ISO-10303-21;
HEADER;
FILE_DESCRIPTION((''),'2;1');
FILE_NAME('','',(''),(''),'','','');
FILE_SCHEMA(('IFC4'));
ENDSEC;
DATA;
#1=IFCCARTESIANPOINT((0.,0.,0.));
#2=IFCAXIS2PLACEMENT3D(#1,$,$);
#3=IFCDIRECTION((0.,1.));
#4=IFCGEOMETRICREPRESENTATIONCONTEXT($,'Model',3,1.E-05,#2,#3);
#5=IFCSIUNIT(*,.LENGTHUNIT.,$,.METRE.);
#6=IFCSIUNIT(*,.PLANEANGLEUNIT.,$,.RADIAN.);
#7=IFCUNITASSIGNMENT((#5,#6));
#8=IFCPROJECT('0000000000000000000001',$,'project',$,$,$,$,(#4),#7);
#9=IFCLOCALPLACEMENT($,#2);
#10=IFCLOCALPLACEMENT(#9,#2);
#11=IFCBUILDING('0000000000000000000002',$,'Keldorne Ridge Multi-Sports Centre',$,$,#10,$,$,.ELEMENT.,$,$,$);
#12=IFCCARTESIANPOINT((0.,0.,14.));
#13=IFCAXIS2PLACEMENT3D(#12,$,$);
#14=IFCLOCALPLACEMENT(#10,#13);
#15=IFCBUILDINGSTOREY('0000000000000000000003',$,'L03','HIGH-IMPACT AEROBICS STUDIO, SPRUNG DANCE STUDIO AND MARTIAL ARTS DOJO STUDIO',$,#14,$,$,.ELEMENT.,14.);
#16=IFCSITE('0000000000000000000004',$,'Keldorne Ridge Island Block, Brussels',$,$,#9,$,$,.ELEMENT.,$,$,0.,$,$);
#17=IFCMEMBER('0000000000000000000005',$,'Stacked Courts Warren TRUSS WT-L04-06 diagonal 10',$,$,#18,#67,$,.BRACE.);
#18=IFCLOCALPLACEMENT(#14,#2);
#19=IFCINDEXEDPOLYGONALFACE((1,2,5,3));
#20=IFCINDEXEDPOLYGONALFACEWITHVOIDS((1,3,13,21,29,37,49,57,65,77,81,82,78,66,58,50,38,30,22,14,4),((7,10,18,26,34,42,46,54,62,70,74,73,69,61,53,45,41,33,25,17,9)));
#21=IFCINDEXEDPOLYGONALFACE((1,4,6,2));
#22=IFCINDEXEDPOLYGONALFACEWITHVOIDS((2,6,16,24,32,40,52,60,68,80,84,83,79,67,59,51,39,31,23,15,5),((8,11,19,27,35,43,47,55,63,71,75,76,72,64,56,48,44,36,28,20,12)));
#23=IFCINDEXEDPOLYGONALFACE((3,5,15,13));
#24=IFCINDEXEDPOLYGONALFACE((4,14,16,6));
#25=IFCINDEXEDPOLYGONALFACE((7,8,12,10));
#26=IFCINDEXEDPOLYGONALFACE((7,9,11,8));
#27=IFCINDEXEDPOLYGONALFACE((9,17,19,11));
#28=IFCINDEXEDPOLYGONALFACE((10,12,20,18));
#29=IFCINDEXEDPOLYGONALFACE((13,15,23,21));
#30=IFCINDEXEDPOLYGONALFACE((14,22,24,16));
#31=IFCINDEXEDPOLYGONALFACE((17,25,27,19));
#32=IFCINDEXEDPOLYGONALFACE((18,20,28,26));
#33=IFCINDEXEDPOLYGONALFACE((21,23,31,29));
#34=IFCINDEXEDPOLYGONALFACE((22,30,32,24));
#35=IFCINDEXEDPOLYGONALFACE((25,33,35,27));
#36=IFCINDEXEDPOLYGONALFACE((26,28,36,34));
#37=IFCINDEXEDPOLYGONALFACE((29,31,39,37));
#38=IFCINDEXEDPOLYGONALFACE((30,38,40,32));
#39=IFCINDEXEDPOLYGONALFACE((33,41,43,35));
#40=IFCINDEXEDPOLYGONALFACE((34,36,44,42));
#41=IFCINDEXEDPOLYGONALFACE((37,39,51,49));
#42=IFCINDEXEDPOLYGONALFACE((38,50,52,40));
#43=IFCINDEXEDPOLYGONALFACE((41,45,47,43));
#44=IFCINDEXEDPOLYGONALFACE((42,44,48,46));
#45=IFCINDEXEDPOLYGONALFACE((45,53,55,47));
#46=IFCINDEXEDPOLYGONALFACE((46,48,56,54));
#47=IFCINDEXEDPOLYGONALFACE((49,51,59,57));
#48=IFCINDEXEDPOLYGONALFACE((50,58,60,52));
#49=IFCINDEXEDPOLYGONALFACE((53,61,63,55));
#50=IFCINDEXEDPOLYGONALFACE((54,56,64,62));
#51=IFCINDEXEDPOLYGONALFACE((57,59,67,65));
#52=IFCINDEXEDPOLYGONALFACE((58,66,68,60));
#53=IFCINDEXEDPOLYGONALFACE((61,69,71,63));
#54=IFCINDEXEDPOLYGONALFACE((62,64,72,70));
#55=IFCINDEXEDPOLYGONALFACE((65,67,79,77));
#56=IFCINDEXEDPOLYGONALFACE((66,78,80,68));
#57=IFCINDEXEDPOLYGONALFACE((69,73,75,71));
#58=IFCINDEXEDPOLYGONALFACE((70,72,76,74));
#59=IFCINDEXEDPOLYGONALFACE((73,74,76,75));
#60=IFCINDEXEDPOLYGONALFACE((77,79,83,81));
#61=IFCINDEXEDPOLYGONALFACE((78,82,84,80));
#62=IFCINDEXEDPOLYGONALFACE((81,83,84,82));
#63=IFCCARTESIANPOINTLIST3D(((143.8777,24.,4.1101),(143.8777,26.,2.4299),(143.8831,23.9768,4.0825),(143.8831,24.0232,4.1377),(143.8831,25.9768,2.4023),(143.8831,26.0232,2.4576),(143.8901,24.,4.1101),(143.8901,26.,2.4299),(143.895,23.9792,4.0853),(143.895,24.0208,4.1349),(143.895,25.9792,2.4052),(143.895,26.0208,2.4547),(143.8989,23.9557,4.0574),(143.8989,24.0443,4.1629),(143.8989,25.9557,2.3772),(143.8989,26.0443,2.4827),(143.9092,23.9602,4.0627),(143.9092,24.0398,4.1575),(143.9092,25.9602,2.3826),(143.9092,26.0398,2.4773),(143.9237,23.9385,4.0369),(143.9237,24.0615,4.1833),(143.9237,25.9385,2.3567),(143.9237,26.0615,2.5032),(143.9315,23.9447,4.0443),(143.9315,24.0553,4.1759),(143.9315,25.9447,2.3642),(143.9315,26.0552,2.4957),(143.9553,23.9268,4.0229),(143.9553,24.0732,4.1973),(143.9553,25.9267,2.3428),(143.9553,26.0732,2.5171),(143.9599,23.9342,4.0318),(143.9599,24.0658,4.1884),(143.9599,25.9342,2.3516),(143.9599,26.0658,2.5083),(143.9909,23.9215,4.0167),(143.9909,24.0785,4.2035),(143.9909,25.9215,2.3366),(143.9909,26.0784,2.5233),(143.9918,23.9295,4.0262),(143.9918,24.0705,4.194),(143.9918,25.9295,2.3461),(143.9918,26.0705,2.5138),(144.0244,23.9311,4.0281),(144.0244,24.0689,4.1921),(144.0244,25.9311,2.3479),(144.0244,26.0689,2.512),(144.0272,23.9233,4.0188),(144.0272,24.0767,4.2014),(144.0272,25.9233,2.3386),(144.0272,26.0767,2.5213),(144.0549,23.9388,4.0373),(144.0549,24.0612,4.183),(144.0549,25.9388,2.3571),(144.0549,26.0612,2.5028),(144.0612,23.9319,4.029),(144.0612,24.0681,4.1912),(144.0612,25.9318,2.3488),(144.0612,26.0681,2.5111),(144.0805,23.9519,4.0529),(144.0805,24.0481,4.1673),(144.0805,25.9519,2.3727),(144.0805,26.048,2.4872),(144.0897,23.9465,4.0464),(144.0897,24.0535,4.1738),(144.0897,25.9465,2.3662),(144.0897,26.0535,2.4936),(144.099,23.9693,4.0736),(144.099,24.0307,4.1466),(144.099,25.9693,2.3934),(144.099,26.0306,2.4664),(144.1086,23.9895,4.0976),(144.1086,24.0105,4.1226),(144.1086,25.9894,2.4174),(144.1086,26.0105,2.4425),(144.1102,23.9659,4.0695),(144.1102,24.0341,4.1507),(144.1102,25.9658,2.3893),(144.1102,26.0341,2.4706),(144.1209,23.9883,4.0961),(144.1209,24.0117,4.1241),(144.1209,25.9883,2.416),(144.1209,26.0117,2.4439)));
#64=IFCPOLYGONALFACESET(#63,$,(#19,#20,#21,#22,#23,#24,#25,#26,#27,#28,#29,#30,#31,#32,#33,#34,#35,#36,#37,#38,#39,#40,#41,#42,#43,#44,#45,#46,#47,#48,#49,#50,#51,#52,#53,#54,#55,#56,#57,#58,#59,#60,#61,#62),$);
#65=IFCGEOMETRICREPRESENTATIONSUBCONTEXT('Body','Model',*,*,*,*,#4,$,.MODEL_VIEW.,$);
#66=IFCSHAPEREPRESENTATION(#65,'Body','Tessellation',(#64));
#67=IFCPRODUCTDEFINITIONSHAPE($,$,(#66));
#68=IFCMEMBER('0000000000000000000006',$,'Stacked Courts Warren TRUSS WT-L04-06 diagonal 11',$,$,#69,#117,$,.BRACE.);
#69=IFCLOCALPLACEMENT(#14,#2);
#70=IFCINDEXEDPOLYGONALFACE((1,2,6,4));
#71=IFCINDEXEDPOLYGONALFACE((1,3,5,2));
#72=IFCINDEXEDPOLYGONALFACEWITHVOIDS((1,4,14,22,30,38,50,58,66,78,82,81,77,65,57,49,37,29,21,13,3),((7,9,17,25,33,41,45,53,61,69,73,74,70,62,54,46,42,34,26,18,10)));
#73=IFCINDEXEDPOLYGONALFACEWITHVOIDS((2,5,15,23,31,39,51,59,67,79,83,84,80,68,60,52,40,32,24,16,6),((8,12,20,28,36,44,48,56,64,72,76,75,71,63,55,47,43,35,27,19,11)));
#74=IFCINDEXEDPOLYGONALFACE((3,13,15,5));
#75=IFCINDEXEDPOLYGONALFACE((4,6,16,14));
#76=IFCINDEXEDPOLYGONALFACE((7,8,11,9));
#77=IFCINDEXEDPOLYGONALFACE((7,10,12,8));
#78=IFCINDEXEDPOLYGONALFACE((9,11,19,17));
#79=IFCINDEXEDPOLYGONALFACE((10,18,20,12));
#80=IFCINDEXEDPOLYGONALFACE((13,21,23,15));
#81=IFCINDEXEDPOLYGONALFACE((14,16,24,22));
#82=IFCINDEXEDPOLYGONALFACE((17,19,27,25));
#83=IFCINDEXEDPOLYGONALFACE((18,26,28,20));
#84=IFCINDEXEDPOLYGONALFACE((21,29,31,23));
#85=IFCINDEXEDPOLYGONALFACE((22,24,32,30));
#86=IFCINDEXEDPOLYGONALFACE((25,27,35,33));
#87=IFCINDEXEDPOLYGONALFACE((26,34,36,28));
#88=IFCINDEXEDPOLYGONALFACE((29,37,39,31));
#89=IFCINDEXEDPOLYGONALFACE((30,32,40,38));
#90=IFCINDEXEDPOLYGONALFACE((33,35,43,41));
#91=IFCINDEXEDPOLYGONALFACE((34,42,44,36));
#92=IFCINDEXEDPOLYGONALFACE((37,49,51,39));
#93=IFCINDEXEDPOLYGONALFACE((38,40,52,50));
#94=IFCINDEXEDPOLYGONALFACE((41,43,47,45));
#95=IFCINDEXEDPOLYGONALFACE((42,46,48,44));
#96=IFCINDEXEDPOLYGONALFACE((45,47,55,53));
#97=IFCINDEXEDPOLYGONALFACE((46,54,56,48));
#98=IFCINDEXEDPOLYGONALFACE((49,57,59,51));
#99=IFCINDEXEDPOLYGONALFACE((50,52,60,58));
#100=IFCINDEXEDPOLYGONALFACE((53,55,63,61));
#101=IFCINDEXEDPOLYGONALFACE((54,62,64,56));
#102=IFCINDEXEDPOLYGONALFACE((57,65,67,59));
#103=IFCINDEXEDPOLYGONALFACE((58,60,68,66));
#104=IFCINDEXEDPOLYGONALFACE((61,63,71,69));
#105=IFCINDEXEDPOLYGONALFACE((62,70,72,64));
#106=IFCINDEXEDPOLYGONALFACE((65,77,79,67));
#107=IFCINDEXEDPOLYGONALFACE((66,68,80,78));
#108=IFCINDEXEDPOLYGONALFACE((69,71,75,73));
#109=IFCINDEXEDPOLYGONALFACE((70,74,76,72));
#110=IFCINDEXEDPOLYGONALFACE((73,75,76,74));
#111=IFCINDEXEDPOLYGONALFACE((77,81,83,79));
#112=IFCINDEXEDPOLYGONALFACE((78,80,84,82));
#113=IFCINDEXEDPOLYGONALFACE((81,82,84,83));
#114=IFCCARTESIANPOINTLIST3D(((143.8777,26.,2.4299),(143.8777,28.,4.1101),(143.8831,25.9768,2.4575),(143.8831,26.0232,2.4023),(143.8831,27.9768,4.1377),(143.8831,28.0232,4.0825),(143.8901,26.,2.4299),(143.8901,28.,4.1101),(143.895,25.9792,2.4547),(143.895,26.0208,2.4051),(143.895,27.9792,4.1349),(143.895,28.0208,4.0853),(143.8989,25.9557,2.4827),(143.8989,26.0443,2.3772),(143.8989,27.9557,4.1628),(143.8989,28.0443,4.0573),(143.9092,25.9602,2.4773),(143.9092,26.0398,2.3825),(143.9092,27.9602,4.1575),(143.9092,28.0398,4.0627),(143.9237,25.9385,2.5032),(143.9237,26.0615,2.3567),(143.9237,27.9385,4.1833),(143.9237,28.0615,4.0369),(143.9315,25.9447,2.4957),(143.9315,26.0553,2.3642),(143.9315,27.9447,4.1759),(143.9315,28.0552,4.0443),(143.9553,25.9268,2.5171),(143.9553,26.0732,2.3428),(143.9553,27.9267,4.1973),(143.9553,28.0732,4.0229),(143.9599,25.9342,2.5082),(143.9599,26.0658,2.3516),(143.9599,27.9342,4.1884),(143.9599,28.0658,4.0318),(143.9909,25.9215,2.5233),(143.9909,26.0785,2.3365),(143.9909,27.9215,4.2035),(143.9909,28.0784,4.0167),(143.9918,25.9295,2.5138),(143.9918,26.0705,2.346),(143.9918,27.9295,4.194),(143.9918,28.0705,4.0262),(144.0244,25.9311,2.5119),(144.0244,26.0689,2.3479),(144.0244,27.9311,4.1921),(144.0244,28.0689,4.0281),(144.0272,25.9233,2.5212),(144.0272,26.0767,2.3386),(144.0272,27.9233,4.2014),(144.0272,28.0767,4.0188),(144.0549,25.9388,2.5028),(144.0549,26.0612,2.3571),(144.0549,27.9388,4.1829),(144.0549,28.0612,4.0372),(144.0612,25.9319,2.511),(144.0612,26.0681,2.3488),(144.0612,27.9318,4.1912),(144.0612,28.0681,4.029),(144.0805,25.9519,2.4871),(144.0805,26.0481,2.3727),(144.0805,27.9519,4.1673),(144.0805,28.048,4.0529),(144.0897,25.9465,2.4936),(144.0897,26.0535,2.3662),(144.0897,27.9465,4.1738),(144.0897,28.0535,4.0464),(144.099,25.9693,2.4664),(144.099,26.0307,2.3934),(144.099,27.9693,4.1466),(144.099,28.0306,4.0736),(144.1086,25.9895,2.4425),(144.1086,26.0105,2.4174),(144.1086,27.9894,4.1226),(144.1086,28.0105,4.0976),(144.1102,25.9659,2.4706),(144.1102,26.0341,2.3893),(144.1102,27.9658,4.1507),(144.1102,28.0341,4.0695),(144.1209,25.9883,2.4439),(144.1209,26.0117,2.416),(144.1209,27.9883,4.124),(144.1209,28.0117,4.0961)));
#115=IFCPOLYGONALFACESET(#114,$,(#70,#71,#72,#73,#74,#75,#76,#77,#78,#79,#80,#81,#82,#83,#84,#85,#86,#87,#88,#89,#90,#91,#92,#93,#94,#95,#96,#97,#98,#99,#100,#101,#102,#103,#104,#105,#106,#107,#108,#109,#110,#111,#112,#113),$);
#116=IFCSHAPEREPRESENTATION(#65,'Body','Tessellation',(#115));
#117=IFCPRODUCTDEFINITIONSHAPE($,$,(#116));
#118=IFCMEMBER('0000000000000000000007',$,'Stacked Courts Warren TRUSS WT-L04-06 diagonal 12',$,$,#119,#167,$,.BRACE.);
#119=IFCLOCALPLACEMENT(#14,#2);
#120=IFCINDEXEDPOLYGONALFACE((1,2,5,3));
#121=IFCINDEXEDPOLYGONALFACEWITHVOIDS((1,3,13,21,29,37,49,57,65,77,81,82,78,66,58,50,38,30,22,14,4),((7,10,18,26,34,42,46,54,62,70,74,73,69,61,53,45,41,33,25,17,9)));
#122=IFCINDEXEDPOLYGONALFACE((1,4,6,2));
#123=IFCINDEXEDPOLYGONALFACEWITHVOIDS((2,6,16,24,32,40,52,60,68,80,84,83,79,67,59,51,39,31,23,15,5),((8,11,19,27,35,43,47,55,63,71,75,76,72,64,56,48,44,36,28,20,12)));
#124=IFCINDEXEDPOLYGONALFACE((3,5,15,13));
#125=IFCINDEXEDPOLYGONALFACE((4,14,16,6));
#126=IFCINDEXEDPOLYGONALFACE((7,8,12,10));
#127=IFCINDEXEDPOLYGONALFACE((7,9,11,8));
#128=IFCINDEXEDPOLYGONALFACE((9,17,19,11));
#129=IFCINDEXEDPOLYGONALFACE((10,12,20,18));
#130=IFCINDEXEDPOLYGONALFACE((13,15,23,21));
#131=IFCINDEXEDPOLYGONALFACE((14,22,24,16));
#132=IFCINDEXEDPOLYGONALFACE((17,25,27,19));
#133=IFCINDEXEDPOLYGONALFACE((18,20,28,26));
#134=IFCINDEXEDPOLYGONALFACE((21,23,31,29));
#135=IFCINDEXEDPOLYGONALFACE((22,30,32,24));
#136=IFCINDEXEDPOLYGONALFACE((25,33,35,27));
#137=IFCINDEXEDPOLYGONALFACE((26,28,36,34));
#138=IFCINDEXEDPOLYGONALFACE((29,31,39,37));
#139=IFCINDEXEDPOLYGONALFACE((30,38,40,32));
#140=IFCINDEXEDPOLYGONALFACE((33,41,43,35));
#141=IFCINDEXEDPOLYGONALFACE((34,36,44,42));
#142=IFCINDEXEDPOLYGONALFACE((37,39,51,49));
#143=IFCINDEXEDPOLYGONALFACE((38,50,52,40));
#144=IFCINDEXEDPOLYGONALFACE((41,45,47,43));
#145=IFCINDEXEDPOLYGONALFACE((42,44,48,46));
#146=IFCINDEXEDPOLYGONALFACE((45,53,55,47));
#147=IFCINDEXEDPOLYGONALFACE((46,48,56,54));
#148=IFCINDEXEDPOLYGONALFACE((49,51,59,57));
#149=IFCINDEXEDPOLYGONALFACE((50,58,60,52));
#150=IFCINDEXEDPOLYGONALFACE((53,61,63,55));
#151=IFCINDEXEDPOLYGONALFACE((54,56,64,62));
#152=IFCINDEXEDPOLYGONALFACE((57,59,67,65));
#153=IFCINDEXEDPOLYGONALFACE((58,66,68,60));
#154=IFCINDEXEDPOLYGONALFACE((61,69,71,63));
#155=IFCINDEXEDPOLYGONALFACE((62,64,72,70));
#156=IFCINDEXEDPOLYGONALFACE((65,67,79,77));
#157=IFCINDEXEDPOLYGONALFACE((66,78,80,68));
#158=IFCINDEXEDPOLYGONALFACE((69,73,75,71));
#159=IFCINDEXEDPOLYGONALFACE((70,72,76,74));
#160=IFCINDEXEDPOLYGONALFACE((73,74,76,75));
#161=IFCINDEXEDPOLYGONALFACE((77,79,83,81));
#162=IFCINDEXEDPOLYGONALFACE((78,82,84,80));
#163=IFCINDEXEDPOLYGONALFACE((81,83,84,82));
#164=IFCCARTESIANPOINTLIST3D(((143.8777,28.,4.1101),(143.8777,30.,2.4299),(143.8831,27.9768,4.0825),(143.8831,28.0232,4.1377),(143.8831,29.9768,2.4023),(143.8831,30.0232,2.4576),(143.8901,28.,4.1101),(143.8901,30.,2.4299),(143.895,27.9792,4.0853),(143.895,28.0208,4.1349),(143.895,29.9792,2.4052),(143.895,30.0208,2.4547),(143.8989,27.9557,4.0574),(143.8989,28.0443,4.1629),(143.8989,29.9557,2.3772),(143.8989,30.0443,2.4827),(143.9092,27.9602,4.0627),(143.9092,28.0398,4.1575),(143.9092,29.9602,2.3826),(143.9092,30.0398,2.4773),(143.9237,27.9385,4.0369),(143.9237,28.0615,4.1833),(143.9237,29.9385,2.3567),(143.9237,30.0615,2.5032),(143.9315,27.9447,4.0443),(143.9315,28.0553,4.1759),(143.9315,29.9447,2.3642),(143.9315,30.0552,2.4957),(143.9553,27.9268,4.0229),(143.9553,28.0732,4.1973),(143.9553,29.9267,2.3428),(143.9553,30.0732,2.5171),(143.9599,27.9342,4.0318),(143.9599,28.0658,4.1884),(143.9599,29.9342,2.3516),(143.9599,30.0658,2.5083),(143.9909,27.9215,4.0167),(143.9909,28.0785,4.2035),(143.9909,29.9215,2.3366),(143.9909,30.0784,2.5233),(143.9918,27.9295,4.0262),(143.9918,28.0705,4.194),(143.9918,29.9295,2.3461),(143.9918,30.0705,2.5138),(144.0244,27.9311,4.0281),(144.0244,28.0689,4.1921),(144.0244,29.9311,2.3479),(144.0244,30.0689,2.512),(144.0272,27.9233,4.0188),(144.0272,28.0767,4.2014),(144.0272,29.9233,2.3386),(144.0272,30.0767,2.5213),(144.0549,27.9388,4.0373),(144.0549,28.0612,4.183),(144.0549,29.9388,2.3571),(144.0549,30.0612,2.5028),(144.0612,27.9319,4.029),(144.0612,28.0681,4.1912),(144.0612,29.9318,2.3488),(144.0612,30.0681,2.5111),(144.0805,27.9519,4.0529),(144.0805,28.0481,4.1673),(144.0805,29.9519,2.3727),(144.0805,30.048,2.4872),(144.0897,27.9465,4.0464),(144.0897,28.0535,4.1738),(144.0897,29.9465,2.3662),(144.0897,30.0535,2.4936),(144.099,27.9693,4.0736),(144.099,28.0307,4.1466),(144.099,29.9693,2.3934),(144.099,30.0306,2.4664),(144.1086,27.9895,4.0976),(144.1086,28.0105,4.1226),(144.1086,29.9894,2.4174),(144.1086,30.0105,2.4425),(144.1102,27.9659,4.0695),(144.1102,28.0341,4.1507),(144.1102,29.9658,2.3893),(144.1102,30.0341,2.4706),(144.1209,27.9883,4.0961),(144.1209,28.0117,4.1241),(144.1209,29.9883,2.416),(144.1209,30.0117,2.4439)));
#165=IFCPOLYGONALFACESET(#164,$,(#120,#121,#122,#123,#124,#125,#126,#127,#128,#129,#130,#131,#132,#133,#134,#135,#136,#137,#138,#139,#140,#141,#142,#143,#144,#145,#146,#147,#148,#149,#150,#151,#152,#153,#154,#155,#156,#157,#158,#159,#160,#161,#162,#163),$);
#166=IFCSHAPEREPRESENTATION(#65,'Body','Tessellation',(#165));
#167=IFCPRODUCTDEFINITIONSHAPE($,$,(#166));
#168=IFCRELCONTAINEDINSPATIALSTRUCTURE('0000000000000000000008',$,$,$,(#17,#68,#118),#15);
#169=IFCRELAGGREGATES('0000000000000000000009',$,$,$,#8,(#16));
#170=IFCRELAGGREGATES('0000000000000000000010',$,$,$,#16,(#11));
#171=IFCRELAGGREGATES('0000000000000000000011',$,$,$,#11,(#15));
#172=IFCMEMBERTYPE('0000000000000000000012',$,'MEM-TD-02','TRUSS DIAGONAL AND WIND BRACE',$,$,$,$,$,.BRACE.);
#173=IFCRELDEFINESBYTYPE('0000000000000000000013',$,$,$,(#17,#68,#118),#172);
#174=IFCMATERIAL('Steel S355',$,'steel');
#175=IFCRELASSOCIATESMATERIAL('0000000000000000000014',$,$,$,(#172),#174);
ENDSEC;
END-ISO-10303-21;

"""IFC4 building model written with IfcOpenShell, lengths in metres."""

from ifc_helpers import new_model, si_unit, direction, frame, origin, origin_2d, place, context, subcontext, project, spatial, hollow_circle, extrude, material, material_profile, profile_set, type_object, element, save


model = new_model("IFC4")

# Units and contexts
model_context = context("Model", 3, precision=1e-05, world=origin(), true_north=direction((0.0, 1.0)))
body_context = subcontext(model_context, "Body", "Model", "MODEL_VIEW")
ifc_project = project(units=[si_unit("LENGTHUNIT", "METRE"), si_unit("PLANEANGLEUNIT", "RADIAN")], contexts=[model_context])

# Site, building, storey
site_placement = place(None, origin())
site = spatial("IfcSite", under=ifc_project, at=site_placement, Name="Keldorne Ridge Island Block, Brussels", CompositionType="ELEMENT", RefElevation=0.0)
building_placement = place(site_placement, origin())
building = spatial("IfcBuilding", under=site, at=building_placement, Name="Keldorne Ridge Multi-Sports Centre", CompositionType="ELEMENT")
storey_placement = place(building_placement, frame((0.0, 0.0, 14.0)))
storey = spatial("IfcBuildingStorey", under=building, at=storey_placement, Name="L03", Description="HIGH-IMPACT AEROBICS STUDIO, SPRUNG DANCE STUDIO AND MARTIAL ARTS DOJO STUDIO", CompositionType="ELEMENT", Elevation=14.0)

# Members
ifc_material = material(Name="Steel S355", Category="steel")
ifc_material_profile_1 = material_profile(ifc_material, hollow_circle(Radius=0.1223, WallThickness=0.0125, at=origin_2d()), Name="CHS 244.5x12.5")
ifc_profile_set_1 = profile_set([ifc_material_profile_1], Name="Steel S355")
member_type_1 = type_object("IfcMemberType", Name="MEM-TD-02", Description="TRUSS DIAGONAL AND WIND BRACE", PredefinedType="BRACE", material=ifc_profile_set_1)
for number, where, z_axis, x_axis, name in (
    (1, (144.0, 24.0, 4.1101), (0.0, 0.765672, -0.643232), (-1.0, 0.0, 0.0), "Stacked Courts Warren TRUSS WT-L04-06 diagonal 10"),
    (2, (144.0, 26.0, 2.4299), (0.0, 0.765672, 0.643232), (-1.0, 0.0, 0.0), "Stacked Courts Warren TRUSS WT-L04-06 diagonal 11"),
    (3, (144.0, 28.0, 4.1101), (0.0, 0.765672, -0.643232), (-1.0, 0.0, 0.0), "Stacked Courts Warren TRUSS WT-L04-06 diagonal 12"),
):
    element("IfcMember", number, at=place(storey_placement, frame(where, z_axis=z_axis, x_axis=x_axis)), inside=storey, type_object=member_type_1, Name=name, PredefinedType="BRACE", context=body_context, shape_type="SweptSolid", body=[
        extrude(hollow_circle(Radius=0.1223, WallThickness=0.0125, at=origin_2d()), origin(), (0.0, 0.0, 1.0), 2.6121),
    ])

save(model, "model.ifc")
